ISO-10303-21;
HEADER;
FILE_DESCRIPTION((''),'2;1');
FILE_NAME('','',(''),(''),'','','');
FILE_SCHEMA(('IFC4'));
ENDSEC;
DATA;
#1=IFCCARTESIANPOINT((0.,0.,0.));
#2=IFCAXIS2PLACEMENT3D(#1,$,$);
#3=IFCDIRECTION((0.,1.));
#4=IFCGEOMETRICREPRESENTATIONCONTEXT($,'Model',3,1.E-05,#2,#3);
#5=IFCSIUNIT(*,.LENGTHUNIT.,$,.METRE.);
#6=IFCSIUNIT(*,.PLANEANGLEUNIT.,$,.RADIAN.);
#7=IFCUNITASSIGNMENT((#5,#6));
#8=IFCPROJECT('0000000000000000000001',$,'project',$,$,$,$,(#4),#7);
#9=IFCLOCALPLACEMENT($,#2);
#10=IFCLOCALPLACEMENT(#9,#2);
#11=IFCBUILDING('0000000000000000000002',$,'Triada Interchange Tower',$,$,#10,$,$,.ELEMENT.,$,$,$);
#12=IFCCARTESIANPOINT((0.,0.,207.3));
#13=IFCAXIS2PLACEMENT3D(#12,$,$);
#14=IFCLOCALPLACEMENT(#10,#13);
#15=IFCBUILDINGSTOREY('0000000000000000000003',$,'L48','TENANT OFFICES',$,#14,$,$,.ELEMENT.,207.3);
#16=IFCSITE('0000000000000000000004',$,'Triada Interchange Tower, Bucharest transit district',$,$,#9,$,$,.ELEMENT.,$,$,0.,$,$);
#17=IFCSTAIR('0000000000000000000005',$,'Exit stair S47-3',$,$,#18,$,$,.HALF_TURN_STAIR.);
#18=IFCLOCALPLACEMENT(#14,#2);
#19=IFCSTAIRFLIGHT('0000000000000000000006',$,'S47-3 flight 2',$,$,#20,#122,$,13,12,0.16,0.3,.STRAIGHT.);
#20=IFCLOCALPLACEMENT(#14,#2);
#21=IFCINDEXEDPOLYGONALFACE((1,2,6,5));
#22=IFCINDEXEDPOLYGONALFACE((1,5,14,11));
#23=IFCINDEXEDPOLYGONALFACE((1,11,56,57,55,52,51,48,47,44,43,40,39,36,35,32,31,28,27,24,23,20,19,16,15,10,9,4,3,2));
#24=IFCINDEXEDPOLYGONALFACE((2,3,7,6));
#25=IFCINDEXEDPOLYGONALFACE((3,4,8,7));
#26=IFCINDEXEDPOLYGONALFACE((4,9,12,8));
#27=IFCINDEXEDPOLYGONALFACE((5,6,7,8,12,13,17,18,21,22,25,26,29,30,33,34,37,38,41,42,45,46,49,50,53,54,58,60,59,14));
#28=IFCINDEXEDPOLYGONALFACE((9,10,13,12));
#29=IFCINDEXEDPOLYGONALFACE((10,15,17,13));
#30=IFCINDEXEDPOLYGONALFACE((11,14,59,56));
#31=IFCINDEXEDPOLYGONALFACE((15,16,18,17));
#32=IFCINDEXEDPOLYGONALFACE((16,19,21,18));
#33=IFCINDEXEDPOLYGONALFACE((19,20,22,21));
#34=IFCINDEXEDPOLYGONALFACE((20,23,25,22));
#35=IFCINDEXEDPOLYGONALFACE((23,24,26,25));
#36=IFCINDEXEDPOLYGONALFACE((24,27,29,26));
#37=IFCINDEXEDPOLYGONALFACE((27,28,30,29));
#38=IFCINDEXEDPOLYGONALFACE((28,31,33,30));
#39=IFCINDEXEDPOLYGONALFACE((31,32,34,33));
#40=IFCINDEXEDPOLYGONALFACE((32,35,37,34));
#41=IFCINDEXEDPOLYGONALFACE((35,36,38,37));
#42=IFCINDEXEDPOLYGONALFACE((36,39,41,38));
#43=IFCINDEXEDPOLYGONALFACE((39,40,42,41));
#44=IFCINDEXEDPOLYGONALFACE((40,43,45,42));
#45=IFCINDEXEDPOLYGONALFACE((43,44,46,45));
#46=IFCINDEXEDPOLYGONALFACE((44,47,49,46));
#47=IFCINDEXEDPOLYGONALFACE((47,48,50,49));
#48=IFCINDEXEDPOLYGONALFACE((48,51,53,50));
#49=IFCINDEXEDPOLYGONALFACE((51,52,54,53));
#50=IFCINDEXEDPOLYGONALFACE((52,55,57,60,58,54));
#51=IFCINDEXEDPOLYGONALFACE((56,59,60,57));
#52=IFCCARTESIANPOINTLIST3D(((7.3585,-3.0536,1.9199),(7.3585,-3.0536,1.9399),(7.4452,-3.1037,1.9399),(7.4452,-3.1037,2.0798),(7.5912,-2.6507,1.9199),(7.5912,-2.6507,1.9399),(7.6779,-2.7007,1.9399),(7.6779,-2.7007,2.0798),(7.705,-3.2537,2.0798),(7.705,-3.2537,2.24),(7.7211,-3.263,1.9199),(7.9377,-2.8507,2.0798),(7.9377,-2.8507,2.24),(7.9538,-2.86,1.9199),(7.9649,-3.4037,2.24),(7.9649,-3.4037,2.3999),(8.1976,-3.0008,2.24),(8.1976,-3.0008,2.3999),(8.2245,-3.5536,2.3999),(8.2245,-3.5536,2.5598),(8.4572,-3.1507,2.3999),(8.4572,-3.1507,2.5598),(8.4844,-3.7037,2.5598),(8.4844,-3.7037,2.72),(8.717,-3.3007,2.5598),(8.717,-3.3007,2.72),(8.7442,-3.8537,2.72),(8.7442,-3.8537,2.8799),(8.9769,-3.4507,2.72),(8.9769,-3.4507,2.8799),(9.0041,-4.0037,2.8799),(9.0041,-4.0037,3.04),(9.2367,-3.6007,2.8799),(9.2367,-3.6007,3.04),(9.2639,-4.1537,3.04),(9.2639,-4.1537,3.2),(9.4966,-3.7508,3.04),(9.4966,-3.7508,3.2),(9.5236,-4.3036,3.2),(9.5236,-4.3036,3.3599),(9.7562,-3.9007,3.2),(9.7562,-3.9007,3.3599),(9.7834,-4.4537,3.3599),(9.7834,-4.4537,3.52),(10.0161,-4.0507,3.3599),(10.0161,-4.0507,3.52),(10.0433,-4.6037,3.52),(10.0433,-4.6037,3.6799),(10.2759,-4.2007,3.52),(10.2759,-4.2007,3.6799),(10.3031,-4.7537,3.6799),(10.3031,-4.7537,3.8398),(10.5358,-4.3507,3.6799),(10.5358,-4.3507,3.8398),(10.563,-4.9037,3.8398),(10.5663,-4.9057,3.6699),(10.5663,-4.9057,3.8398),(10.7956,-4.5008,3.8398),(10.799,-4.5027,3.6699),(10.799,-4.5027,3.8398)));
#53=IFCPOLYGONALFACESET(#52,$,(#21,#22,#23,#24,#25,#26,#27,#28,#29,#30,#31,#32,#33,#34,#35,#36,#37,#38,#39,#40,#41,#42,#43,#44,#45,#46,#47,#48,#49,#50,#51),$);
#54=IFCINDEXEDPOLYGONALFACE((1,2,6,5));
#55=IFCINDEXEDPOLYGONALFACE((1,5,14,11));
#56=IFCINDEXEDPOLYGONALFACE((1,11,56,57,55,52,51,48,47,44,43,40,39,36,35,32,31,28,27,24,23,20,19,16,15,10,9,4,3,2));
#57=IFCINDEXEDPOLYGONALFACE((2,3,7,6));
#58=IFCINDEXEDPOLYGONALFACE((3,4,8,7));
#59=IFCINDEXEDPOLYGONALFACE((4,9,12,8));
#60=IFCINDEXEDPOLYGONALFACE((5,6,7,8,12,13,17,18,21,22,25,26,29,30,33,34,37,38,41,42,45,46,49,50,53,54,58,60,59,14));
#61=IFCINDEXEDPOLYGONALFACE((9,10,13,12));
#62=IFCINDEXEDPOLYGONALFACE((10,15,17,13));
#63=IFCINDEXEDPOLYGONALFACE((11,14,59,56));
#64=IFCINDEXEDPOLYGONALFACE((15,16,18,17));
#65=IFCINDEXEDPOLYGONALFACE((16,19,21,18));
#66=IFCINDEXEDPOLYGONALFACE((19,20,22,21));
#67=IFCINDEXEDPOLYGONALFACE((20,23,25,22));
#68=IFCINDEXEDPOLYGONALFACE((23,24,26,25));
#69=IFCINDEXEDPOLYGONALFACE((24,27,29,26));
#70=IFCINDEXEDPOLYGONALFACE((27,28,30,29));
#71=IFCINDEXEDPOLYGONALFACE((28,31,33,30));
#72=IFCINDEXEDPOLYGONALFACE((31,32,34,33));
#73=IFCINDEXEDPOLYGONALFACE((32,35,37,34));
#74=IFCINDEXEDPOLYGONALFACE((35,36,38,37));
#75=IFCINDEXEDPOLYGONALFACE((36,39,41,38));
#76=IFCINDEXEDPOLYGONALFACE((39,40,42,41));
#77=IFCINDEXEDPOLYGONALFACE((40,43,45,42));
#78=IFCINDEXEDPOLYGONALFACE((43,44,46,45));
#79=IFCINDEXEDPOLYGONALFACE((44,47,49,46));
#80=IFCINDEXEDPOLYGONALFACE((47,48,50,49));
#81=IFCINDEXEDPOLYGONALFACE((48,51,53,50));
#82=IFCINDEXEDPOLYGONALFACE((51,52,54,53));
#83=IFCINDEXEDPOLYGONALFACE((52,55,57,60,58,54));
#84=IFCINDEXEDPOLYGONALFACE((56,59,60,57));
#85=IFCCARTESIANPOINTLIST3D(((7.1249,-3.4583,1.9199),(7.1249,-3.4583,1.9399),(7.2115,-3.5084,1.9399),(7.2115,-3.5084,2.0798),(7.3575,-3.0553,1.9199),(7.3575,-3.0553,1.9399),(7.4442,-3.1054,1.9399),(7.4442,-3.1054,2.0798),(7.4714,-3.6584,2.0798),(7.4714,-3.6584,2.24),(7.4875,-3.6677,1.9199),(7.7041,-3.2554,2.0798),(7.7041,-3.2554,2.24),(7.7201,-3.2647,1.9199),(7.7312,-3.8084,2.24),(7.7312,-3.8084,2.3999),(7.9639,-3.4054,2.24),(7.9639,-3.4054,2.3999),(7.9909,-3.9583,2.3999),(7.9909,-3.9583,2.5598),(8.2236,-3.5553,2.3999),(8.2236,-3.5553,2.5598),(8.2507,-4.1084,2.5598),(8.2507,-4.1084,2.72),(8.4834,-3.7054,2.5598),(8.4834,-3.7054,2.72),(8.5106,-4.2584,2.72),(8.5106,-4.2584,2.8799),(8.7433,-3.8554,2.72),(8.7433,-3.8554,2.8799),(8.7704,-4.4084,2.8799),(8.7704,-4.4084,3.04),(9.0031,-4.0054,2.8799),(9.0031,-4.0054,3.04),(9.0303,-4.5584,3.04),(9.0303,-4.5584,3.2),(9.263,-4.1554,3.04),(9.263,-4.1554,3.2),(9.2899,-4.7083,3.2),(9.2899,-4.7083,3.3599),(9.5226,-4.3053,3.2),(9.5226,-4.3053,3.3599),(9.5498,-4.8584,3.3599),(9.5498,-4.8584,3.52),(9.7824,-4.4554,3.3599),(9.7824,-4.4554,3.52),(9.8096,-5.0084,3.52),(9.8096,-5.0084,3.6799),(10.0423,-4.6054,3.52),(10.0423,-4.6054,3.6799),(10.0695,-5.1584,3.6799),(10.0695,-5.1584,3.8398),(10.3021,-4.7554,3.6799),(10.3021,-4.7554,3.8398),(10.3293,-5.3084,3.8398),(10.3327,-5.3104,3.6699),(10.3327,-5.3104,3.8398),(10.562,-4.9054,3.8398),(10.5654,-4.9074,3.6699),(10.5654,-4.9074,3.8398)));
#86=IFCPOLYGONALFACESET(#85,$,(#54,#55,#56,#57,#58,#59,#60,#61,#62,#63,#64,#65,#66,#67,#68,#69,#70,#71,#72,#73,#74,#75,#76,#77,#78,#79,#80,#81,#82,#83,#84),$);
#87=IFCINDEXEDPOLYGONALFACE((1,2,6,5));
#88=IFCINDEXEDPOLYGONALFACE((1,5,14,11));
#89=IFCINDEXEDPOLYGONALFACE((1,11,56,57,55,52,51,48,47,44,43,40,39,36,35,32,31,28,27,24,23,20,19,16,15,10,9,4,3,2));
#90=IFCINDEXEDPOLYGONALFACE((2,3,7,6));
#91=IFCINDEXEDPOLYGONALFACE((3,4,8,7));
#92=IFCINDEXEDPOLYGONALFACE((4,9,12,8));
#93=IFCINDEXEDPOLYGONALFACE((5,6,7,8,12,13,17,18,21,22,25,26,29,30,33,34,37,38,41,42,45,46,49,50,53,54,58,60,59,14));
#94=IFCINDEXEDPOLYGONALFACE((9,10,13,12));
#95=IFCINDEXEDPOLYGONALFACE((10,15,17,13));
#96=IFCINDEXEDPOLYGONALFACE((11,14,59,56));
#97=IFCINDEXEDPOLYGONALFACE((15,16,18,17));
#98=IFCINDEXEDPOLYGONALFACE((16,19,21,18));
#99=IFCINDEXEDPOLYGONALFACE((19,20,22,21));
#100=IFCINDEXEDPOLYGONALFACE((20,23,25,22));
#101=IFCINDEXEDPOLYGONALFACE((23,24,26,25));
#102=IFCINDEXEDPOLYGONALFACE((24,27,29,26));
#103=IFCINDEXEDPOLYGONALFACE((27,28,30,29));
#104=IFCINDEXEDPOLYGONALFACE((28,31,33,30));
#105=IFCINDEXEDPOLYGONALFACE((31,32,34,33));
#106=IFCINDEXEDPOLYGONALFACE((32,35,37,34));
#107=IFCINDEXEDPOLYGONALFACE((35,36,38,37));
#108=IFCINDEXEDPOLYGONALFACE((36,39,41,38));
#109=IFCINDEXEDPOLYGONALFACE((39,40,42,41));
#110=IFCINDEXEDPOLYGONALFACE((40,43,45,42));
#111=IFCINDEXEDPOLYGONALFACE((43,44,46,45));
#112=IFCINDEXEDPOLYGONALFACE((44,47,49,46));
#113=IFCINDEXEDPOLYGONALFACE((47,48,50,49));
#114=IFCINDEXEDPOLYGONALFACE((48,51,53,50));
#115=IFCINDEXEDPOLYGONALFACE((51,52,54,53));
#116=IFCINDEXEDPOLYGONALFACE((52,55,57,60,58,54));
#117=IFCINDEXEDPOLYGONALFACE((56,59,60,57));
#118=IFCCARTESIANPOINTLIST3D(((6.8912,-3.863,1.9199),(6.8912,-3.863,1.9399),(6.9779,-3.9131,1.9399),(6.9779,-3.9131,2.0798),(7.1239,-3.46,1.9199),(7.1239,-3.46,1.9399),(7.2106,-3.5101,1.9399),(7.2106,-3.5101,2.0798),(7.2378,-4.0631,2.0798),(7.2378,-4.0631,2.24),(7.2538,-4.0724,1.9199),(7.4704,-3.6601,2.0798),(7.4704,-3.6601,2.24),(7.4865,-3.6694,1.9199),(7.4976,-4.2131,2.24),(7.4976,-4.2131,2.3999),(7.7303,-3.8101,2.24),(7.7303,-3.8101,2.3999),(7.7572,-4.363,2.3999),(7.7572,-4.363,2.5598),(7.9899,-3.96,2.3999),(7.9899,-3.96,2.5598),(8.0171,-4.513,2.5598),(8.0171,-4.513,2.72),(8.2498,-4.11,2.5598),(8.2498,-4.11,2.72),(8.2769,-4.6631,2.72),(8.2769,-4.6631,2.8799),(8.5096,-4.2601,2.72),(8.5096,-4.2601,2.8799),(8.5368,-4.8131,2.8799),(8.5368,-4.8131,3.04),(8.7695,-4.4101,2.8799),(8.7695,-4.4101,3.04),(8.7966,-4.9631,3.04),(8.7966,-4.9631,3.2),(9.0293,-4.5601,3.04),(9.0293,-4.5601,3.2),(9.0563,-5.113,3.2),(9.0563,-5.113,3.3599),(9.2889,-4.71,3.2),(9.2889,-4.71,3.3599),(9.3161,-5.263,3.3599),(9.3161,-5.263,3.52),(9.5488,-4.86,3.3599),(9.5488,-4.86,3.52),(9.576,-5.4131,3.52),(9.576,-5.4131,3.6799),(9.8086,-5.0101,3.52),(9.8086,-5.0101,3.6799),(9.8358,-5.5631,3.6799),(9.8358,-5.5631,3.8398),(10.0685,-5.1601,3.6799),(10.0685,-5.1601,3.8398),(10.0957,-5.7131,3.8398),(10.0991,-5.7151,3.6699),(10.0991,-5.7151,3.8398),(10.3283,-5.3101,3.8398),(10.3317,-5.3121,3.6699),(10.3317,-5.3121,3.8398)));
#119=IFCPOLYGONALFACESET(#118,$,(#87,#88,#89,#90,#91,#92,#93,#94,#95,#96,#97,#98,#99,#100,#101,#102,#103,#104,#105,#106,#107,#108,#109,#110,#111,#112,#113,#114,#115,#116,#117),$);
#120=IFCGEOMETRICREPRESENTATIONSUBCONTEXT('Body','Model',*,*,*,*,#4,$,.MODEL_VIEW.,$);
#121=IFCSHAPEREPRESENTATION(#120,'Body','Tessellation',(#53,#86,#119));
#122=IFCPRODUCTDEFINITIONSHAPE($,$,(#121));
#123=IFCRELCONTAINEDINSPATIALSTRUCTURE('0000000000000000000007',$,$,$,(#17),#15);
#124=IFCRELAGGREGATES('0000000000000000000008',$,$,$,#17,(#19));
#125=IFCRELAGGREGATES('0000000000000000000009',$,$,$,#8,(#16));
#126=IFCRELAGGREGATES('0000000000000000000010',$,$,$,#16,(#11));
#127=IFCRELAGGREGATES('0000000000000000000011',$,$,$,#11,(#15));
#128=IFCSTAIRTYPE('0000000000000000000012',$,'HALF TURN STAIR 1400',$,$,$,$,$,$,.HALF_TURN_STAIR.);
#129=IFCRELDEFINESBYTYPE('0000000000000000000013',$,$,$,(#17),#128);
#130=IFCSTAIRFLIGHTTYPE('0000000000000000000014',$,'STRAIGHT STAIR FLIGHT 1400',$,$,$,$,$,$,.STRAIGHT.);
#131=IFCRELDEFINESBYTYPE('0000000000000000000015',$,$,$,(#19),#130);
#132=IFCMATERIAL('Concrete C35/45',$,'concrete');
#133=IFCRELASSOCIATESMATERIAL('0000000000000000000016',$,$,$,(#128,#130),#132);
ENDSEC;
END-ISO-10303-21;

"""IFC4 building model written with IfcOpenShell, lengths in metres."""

from ifc_helpers import new_model, si_unit, direction, frame, origin, place, context, subcontext, project, spatial, polyline, outline, extrude, material, type_object, element, aggregate, save


model = new_model("IFC4")

# Units and contexts
model_context = context("Model", 3, precision=1e-05, world=origin(), true_north=direction((0.0, 1.0)))
body_context = subcontext(model_context, "Body", "Model", "MODEL_VIEW")
ifc_project = project(units=[si_unit("LENGTHUNIT", "METRE"), si_unit("PLANEANGLEUNIT", "RADIAN")], contexts=[model_context])

# Site, building, storey
site_placement = place(None, origin())
site = spatial("IfcSite", under=ifc_project, at=site_placement, Name="Triada Interchange Tower, Bucharest transit district", CompositionType="ELEMENT", RefElevation=0.0)
building_placement = place(site_placement, origin())
building = spatial("IfcBuilding", under=site, at=building_placement, Name="Triada Interchange Tower", CompositionType="ELEMENT")
storey_placement = place(building_placement, frame((0.0, 0.0, 207.3)))
storey = spatial("IfcBuildingStorey", under=building, at=storey_placement, Name="L48", Description="TENANT OFFICES", CompositionType="ELEMENT", Elevation=207.3)

# Stair, stair flight
ifc_material_1 = material(Name="Concrete C35/45", Category="concrete")
stair_type = type_object("IfcStairType", Name="HALF TURN STAIR 1400", PredefinedType="HALF_TURN_STAIR", material=ifc_material_1)
stair_placement = place(storey_placement, origin())
stair = element("IfcStair", 1, at=stair_placement, inside=storey, type_object=stair_type, Name="Exit stair S47-3", PredefinedType="HALF_TURN_STAIR")
stair_flight_type = type_object("IfcStairFlightType", Name="STRAIGHT STAIR FLIGHT 1400", PredefinedType="STRAIGHT", material=ifc_material_1)
stair_flight_1_placement = place(storey_placement, frame((7.3279, -3.3069, 1.9199), z_axis=(0.0, 0.0, 1.0), x_axis=(0.866025, -0.5, 0.0)))
stair_flight_1 = element("IfcStairFlight", 2, at=stair_flight_1_placement, type_object=stair_flight_type, Name="S47-3 flight 2", NumberOfRisers=13, NumberOfTreads=12, PredefinedType="STRAIGHT", RiserHeight=0.16, TreadLength=0.3, context=body_context, shape_type="SweptSolid", body=[
    extrude(outline(polyline([(-0.1001, 0.0), (-0.1001, 0.02), (0.0, 0.02), (0.0, 0.1599), (0.3, 0.1599), (0.3, 0.3201), (0.6001, 0.3201), (0.6001, 0.48), (0.8999, 0.48), (0.8999, 0.6399), (1.2, 0.6399), (1.2, 0.8), (1.5, 0.8), (1.5, 0.96), (1.8, 0.96), (1.8, 1.1201), (2.1001, 1.1201), (2.1001, 1.28), (2.3999, 1.28), (2.3999, 1.4399), (2.7, 1.4399), (2.7, 1.6001), (3.0, 1.6001), (3.0, 1.76), (3.3, 1.76), (3.3, 1.9199), (3.6001, 1.9199), (3.604, 1.9199), (3.604, 2.0801), (3.604, 1.75), (0.3186, 0.0), (-0.1001, 0.0)])), frame((0.0, 0.7, 0.0), z_axis=(0.0, -1.0, 0.0), x_axis=(1.0, 0.0, 0.0)), (0.0, 0.0, 1.0), 0.4653),
    extrude(outline(polyline([(-0.1001, 0.0), (-0.1001, 0.02), (0.0, 0.02), (0.0, 0.1599), (0.3, 0.1599), (0.3, 0.3201), (0.6001, 0.3201), (0.6001, 0.48), (0.8999, 0.48), (0.8999, 0.6399), (1.2, 0.6399), (1.2, 0.8), (1.5, 0.8), (1.5, 0.96), (1.8, 0.96), (1.8, 1.1201), (2.1001, 1.1201), (2.1001, 1.28), (2.3999, 1.28), (2.3999, 1.4399), (2.7, 1.4399), (2.7, 1.6001), (3.0, 1.6001), (3.0, 1.76), (3.3, 1.76), (3.3, 1.9199), (3.6001, 1.9199), (3.604, 1.9199), (3.604, 2.0801), (3.604, 1.75), (0.3186, 0.0), (-0.1001, 0.0)])), frame((0.0, 0.2327, 0.0), z_axis=(0.0, -1.0, 0.0), x_axis=(1.0, 0.0, 0.0)), (0.0, 0.0, 1.0), 0.4653),
    extrude(outline(polyline([(-0.1001, 0.0), (-0.1001, 0.02), (0.0, 0.02), (0.0, 0.1599), (0.3, 0.1599), (0.3, 0.3201), (0.6001, 0.3201), (0.6001, 0.48), (0.8999, 0.48), (0.8999, 0.6399), (1.2, 0.6399), (1.2, 0.8), (1.5, 0.8), (1.5, 0.96), (1.8, 0.96), (1.8, 1.1201), (2.1001, 1.1201), (2.1001, 1.28), (2.3999, 1.28), (2.3999, 1.4399), (2.7, 1.4399), (2.7, 1.6001), (3.0, 1.6001), (3.0, 1.76), (3.3, 1.76), (3.3, 1.9199), (3.6001, 1.9199), (3.604, 1.9199), (3.604, 2.0801), (3.604, 1.75), (0.3186, 0.0), (-0.1001, 0.0)])), frame((0.0, -0.2346, 0.0), z_axis=(0.0, -1.0, 0.0), x_axis=(1.0, 0.0, 0.0)), (0.0, 0.0, 1.0), 0.4653),
])
aggregate(stair, [stair_flight_1])

save(model, "model.ifc")
